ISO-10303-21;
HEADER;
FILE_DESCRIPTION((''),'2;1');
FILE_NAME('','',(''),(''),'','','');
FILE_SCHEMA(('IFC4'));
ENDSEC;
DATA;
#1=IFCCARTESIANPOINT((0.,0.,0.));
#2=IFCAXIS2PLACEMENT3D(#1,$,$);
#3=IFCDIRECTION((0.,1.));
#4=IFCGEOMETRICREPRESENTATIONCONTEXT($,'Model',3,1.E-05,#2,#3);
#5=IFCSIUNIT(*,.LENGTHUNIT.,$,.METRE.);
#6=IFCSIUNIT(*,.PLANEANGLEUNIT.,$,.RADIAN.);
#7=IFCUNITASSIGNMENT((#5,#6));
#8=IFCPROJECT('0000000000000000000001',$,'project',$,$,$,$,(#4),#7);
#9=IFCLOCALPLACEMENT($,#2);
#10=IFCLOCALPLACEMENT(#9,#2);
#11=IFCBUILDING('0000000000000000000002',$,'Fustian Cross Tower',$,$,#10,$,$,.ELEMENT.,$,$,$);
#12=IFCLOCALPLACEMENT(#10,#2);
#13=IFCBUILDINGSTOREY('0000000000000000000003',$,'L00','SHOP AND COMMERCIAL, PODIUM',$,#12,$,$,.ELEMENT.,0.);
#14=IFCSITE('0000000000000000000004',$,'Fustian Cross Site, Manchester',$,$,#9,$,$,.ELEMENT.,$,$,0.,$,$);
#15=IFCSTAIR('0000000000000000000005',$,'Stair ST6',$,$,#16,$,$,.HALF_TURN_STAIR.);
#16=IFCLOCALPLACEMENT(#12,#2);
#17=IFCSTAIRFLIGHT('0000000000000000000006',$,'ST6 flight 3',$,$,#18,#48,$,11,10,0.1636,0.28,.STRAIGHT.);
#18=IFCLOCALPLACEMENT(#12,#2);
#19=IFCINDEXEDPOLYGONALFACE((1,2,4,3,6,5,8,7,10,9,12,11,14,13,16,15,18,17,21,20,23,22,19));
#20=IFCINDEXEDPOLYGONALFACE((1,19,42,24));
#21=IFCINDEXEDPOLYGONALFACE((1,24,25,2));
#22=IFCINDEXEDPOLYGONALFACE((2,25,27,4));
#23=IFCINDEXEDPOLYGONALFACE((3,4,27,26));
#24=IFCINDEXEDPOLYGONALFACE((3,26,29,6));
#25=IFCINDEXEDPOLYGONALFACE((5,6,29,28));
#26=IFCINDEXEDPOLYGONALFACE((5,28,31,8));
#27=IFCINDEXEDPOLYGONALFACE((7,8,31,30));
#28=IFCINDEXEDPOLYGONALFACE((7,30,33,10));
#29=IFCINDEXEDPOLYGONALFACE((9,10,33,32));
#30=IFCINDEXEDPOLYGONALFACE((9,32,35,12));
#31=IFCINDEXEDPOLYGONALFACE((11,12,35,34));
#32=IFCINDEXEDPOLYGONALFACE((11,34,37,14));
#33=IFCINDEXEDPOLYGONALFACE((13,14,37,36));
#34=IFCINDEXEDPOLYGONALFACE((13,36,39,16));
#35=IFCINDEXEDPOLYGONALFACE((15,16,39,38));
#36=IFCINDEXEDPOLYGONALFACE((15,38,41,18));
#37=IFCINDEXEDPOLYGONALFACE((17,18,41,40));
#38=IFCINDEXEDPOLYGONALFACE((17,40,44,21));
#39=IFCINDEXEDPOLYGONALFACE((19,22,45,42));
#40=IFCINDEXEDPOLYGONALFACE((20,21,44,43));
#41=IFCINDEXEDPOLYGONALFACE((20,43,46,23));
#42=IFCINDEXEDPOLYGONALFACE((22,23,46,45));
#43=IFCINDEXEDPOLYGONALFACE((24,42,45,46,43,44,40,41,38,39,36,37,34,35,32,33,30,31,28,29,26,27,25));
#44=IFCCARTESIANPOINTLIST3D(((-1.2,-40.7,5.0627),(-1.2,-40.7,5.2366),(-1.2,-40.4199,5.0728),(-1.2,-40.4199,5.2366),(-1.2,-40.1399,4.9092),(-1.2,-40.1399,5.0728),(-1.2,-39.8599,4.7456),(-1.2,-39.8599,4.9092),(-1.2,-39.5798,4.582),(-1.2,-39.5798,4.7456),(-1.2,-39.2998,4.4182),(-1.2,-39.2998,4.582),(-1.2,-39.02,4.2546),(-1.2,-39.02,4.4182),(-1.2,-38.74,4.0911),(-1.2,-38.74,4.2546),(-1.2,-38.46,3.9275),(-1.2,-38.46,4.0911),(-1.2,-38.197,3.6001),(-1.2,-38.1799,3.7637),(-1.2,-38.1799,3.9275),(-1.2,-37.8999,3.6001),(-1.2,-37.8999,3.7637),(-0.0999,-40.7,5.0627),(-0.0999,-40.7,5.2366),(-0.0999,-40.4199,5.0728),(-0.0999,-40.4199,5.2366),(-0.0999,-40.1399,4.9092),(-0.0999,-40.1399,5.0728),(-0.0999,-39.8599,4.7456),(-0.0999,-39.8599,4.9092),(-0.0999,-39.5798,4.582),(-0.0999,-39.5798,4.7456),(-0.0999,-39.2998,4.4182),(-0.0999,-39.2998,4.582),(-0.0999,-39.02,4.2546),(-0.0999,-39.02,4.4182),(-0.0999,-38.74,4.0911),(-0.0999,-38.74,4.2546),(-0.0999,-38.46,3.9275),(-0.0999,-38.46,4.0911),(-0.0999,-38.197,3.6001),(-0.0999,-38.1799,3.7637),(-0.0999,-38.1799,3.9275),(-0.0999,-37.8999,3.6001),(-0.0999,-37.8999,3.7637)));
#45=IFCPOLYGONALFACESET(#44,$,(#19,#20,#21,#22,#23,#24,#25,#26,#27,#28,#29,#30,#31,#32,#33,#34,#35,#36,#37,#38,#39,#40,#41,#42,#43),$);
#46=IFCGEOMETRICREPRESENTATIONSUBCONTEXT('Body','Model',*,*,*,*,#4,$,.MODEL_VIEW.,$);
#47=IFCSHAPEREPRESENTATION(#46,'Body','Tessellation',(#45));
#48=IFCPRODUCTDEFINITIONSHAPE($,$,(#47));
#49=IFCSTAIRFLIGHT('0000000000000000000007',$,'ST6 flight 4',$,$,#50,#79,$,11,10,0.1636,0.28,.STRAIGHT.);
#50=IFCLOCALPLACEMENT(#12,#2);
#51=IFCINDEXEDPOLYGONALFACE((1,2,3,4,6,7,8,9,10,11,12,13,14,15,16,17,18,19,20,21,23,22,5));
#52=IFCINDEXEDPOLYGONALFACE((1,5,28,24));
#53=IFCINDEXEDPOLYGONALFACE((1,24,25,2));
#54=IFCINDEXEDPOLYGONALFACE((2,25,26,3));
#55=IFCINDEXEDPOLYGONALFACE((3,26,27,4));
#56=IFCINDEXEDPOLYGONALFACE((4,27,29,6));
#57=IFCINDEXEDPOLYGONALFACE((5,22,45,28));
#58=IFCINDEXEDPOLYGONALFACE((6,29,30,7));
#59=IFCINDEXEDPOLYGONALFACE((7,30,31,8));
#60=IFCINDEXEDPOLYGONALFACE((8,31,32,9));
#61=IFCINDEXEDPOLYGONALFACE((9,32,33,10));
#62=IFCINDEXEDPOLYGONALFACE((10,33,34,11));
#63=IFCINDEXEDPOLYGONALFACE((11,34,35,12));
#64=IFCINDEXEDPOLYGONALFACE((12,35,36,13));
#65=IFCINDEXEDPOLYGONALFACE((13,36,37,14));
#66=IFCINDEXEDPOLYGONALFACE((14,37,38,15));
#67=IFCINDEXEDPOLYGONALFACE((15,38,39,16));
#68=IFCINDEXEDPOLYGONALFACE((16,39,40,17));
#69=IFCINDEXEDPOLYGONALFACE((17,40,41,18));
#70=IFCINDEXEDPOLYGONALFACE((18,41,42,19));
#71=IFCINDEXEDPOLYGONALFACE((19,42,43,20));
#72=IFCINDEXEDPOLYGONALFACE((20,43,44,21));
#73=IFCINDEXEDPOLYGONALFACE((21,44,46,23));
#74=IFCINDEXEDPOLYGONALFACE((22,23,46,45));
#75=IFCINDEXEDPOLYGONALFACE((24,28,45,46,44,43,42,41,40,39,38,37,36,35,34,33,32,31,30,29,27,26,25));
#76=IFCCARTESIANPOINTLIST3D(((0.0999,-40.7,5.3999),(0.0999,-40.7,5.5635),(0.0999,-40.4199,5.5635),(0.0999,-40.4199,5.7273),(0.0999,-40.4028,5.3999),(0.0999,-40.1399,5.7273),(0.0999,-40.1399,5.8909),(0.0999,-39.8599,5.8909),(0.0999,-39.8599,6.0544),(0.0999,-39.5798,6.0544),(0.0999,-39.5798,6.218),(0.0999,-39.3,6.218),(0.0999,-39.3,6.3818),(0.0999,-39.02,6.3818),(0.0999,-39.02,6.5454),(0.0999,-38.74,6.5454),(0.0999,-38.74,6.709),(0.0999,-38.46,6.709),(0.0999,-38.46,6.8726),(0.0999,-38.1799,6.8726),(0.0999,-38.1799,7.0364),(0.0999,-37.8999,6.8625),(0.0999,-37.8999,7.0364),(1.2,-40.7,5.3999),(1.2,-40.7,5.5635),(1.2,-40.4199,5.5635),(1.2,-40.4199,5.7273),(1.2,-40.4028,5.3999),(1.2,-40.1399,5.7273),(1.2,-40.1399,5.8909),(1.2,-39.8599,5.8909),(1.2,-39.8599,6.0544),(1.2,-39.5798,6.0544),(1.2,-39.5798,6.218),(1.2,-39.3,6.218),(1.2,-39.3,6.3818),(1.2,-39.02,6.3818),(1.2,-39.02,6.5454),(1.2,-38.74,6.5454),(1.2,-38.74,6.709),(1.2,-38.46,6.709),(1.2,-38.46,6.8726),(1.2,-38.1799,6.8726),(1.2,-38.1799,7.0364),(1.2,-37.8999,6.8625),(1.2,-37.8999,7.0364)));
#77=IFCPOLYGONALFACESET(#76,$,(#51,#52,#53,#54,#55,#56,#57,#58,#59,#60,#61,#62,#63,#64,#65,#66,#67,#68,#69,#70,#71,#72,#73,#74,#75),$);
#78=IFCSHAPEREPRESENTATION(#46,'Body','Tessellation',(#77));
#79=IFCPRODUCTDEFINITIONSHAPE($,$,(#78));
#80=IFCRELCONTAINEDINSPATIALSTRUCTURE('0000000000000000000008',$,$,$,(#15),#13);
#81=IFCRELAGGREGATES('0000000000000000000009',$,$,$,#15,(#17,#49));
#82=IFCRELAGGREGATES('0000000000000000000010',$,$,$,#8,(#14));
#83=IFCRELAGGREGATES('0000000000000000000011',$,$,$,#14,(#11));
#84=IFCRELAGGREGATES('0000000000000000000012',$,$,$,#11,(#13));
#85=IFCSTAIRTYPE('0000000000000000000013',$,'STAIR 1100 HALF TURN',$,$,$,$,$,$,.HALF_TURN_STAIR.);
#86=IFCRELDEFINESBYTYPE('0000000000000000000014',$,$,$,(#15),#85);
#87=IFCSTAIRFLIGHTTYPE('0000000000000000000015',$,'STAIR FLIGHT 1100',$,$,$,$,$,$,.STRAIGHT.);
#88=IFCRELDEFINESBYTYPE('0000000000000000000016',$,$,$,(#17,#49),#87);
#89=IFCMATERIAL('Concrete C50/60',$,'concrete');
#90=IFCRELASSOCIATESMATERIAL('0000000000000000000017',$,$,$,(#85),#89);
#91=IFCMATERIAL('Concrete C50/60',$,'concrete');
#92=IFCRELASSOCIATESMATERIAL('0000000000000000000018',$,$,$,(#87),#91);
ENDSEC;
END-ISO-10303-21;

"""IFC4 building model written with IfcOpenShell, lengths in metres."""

from ifc_helpers import new_model, si_unit, direction, frame, origin, place, context, subcontext, project, spatial, polyline, outline, extrude, material, type_object, element, aggregate, save


model = new_model("IFC4")

# Units and contexts
model_context = context("Model", 3, precision=1e-05, world=origin(), true_north=direction((0.0, 1.0)))
body_context = subcontext(model_context, "Body", "Model", "MODEL_VIEW")
ifc_project = project(units=[si_unit("LENGTHUNIT", "METRE"), si_unit("PLANEANGLEUNIT", "RADIAN")], contexts=[model_context])

# Site, building, storey
site_placement = place(None, origin())
site = spatial("IfcSite", under=ifc_project, at=site_placement, Name="Fustian Cross Site, Manchester", CompositionType="ELEMENT", RefElevation=0.0)
building_placement = place(site_placement, origin())
building = spatial("IfcBuilding", under=site, at=building_placement, Name="Fustian Cross Tower", CompositionType="ELEMENT")
storey_placement = place(building_placement, origin())
storey = spatial("IfcBuildingStorey", under=building, at=storey_placement, Name="L00", Description="SHOP AND COMMERCIAL, PODIUM", CompositionType="ELEMENT", Elevation=0.0)

# Stair, stair flights
ifc_material_1 = material(Name="Concrete C50/60", Category="concrete")
stair_type_1 = type_object("IfcStairType", Name="STAIR 1100 HALF TURN", PredefinedType="HALF_TURN_STAIR", material=ifc_material_1)
stair_1_placement = place(storey_placement, origin())
stair_1 = element("IfcStair", 1, at=stair_1_placement, inside=storey, type_object=stair_type_1, Name="Stair ST6", PredefinedType="HALF_TURN_STAIR")
ifc_material_2 = material(Name="Concrete C50/60", Category="concrete")
stair_flight_type_1 = type_object("IfcStairFlightType", Name="STAIR FLIGHT 1100", PredefinedType="STRAIGHT", material=ifc_material_2)
stair_flight_1_placement = place(storey_placement, frame((-0.6499, -37.8999, 3.6001), z_axis=(0.0, 0.0, 1.0), x_axis=(0.0, -1.0, 0.0)))
stair_flight_1 = element("IfcStairFlight", 2, at=stair_flight_1_placement, type_object=stair_flight_type_1, Name="ST6 flight 3", NumberOfRisers=11, NumberOfTreads=10, PredefinedType="STRAIGHT", RiserHeight=0.1636, TreadLength=0.28, context=body_context, shape_type="SweptSolid", body=[
    extrude(outline(polyline([(0.0, 0.0), (0.0, 0.1636), (0.28, 0.1636), (0.28, 0.3274), (0.5601, 0.3274), (0.5601, 0.491), (0.8401, 0.491), (0.8401, 0.6545), (1.1201, 0.6545), (1.1201, 0.8181), (1.3999, 0.8181), (1.3999, 0.9819), (1.6799, 0.9819), (1.6799, 1.1455), (1.96, 1.1455), (1.96, 1.3091), (2.24, 1.3091), (2.24, 1.4727), (2.52, 1.4727), (2.52, 1.6365), (2.8, 1.6365), (2.8, 1.8), (2.8, 1.4626), (0.2971, 0.0), (0.0, 0.0)])), frame((0.0, 0.55, 0.0), z_axis=(0.0, -1.0, 0.0), x_axis=(1.0, 0.0, 0.0)), (0.0, 0.0, 1.0), 1.1001),
])
stair_flight_2_placement = place(storey_placement, frame((0.6499, -40.7, 5.3999), z_axis=(0.0, 0.0, 1.0), x_axis=(0.0, 1.0, 0.0)))
stair_flight_2 = element("IfcStairFlight", 3, at=stair_flight_2_placement, type_object=stair_flight_type_1, Name="ST6 flight 4", NumberOfRisers=11, NumberOfTreads=10, PredefinedType="STRAIGHT", RiserHeight=0.1636, TreadLength=0.28, context=body_context, shape_type="SweptSolid", body=[
    extrude(outline(polyline([(0.0, 0.0), (0.0, 0.1636), (0.28, 0.1636), (0.28, 0.3274), (0.5601, 0.3274), (0.5601, 0.491), (0.8401, 0.491), (0.8401, 0.6545), (1.1201, 0.6545), (1.1201, 0.8181), (1.3999, 0.8181), (1.3999, 0.9819), (1.6799, 0.9819), (1.6799, 1.1455), (1.96, 1.1455), (1.96, 1.3091), (2.24, 1.3091), (2.24, 1.4727), (2.52, 1.4727), (2.52, 1.6365), (2.8, 1.6365), (2.8, 1.8), (2.8, 1.4626), (0.2971, 0.0), (0.0, 0.0)])), frame((0.0, 0.55, 0.0), z_axis=(0.0, -1.0, 0.0), x_axis=(1.0, 0.0, 0.0)), (0.0, 0.0, 1.0), 1.1001),
])
aggregate(stair_1, [stair_flight_1, stair_flight_2])

save(model, "model.ifc")
